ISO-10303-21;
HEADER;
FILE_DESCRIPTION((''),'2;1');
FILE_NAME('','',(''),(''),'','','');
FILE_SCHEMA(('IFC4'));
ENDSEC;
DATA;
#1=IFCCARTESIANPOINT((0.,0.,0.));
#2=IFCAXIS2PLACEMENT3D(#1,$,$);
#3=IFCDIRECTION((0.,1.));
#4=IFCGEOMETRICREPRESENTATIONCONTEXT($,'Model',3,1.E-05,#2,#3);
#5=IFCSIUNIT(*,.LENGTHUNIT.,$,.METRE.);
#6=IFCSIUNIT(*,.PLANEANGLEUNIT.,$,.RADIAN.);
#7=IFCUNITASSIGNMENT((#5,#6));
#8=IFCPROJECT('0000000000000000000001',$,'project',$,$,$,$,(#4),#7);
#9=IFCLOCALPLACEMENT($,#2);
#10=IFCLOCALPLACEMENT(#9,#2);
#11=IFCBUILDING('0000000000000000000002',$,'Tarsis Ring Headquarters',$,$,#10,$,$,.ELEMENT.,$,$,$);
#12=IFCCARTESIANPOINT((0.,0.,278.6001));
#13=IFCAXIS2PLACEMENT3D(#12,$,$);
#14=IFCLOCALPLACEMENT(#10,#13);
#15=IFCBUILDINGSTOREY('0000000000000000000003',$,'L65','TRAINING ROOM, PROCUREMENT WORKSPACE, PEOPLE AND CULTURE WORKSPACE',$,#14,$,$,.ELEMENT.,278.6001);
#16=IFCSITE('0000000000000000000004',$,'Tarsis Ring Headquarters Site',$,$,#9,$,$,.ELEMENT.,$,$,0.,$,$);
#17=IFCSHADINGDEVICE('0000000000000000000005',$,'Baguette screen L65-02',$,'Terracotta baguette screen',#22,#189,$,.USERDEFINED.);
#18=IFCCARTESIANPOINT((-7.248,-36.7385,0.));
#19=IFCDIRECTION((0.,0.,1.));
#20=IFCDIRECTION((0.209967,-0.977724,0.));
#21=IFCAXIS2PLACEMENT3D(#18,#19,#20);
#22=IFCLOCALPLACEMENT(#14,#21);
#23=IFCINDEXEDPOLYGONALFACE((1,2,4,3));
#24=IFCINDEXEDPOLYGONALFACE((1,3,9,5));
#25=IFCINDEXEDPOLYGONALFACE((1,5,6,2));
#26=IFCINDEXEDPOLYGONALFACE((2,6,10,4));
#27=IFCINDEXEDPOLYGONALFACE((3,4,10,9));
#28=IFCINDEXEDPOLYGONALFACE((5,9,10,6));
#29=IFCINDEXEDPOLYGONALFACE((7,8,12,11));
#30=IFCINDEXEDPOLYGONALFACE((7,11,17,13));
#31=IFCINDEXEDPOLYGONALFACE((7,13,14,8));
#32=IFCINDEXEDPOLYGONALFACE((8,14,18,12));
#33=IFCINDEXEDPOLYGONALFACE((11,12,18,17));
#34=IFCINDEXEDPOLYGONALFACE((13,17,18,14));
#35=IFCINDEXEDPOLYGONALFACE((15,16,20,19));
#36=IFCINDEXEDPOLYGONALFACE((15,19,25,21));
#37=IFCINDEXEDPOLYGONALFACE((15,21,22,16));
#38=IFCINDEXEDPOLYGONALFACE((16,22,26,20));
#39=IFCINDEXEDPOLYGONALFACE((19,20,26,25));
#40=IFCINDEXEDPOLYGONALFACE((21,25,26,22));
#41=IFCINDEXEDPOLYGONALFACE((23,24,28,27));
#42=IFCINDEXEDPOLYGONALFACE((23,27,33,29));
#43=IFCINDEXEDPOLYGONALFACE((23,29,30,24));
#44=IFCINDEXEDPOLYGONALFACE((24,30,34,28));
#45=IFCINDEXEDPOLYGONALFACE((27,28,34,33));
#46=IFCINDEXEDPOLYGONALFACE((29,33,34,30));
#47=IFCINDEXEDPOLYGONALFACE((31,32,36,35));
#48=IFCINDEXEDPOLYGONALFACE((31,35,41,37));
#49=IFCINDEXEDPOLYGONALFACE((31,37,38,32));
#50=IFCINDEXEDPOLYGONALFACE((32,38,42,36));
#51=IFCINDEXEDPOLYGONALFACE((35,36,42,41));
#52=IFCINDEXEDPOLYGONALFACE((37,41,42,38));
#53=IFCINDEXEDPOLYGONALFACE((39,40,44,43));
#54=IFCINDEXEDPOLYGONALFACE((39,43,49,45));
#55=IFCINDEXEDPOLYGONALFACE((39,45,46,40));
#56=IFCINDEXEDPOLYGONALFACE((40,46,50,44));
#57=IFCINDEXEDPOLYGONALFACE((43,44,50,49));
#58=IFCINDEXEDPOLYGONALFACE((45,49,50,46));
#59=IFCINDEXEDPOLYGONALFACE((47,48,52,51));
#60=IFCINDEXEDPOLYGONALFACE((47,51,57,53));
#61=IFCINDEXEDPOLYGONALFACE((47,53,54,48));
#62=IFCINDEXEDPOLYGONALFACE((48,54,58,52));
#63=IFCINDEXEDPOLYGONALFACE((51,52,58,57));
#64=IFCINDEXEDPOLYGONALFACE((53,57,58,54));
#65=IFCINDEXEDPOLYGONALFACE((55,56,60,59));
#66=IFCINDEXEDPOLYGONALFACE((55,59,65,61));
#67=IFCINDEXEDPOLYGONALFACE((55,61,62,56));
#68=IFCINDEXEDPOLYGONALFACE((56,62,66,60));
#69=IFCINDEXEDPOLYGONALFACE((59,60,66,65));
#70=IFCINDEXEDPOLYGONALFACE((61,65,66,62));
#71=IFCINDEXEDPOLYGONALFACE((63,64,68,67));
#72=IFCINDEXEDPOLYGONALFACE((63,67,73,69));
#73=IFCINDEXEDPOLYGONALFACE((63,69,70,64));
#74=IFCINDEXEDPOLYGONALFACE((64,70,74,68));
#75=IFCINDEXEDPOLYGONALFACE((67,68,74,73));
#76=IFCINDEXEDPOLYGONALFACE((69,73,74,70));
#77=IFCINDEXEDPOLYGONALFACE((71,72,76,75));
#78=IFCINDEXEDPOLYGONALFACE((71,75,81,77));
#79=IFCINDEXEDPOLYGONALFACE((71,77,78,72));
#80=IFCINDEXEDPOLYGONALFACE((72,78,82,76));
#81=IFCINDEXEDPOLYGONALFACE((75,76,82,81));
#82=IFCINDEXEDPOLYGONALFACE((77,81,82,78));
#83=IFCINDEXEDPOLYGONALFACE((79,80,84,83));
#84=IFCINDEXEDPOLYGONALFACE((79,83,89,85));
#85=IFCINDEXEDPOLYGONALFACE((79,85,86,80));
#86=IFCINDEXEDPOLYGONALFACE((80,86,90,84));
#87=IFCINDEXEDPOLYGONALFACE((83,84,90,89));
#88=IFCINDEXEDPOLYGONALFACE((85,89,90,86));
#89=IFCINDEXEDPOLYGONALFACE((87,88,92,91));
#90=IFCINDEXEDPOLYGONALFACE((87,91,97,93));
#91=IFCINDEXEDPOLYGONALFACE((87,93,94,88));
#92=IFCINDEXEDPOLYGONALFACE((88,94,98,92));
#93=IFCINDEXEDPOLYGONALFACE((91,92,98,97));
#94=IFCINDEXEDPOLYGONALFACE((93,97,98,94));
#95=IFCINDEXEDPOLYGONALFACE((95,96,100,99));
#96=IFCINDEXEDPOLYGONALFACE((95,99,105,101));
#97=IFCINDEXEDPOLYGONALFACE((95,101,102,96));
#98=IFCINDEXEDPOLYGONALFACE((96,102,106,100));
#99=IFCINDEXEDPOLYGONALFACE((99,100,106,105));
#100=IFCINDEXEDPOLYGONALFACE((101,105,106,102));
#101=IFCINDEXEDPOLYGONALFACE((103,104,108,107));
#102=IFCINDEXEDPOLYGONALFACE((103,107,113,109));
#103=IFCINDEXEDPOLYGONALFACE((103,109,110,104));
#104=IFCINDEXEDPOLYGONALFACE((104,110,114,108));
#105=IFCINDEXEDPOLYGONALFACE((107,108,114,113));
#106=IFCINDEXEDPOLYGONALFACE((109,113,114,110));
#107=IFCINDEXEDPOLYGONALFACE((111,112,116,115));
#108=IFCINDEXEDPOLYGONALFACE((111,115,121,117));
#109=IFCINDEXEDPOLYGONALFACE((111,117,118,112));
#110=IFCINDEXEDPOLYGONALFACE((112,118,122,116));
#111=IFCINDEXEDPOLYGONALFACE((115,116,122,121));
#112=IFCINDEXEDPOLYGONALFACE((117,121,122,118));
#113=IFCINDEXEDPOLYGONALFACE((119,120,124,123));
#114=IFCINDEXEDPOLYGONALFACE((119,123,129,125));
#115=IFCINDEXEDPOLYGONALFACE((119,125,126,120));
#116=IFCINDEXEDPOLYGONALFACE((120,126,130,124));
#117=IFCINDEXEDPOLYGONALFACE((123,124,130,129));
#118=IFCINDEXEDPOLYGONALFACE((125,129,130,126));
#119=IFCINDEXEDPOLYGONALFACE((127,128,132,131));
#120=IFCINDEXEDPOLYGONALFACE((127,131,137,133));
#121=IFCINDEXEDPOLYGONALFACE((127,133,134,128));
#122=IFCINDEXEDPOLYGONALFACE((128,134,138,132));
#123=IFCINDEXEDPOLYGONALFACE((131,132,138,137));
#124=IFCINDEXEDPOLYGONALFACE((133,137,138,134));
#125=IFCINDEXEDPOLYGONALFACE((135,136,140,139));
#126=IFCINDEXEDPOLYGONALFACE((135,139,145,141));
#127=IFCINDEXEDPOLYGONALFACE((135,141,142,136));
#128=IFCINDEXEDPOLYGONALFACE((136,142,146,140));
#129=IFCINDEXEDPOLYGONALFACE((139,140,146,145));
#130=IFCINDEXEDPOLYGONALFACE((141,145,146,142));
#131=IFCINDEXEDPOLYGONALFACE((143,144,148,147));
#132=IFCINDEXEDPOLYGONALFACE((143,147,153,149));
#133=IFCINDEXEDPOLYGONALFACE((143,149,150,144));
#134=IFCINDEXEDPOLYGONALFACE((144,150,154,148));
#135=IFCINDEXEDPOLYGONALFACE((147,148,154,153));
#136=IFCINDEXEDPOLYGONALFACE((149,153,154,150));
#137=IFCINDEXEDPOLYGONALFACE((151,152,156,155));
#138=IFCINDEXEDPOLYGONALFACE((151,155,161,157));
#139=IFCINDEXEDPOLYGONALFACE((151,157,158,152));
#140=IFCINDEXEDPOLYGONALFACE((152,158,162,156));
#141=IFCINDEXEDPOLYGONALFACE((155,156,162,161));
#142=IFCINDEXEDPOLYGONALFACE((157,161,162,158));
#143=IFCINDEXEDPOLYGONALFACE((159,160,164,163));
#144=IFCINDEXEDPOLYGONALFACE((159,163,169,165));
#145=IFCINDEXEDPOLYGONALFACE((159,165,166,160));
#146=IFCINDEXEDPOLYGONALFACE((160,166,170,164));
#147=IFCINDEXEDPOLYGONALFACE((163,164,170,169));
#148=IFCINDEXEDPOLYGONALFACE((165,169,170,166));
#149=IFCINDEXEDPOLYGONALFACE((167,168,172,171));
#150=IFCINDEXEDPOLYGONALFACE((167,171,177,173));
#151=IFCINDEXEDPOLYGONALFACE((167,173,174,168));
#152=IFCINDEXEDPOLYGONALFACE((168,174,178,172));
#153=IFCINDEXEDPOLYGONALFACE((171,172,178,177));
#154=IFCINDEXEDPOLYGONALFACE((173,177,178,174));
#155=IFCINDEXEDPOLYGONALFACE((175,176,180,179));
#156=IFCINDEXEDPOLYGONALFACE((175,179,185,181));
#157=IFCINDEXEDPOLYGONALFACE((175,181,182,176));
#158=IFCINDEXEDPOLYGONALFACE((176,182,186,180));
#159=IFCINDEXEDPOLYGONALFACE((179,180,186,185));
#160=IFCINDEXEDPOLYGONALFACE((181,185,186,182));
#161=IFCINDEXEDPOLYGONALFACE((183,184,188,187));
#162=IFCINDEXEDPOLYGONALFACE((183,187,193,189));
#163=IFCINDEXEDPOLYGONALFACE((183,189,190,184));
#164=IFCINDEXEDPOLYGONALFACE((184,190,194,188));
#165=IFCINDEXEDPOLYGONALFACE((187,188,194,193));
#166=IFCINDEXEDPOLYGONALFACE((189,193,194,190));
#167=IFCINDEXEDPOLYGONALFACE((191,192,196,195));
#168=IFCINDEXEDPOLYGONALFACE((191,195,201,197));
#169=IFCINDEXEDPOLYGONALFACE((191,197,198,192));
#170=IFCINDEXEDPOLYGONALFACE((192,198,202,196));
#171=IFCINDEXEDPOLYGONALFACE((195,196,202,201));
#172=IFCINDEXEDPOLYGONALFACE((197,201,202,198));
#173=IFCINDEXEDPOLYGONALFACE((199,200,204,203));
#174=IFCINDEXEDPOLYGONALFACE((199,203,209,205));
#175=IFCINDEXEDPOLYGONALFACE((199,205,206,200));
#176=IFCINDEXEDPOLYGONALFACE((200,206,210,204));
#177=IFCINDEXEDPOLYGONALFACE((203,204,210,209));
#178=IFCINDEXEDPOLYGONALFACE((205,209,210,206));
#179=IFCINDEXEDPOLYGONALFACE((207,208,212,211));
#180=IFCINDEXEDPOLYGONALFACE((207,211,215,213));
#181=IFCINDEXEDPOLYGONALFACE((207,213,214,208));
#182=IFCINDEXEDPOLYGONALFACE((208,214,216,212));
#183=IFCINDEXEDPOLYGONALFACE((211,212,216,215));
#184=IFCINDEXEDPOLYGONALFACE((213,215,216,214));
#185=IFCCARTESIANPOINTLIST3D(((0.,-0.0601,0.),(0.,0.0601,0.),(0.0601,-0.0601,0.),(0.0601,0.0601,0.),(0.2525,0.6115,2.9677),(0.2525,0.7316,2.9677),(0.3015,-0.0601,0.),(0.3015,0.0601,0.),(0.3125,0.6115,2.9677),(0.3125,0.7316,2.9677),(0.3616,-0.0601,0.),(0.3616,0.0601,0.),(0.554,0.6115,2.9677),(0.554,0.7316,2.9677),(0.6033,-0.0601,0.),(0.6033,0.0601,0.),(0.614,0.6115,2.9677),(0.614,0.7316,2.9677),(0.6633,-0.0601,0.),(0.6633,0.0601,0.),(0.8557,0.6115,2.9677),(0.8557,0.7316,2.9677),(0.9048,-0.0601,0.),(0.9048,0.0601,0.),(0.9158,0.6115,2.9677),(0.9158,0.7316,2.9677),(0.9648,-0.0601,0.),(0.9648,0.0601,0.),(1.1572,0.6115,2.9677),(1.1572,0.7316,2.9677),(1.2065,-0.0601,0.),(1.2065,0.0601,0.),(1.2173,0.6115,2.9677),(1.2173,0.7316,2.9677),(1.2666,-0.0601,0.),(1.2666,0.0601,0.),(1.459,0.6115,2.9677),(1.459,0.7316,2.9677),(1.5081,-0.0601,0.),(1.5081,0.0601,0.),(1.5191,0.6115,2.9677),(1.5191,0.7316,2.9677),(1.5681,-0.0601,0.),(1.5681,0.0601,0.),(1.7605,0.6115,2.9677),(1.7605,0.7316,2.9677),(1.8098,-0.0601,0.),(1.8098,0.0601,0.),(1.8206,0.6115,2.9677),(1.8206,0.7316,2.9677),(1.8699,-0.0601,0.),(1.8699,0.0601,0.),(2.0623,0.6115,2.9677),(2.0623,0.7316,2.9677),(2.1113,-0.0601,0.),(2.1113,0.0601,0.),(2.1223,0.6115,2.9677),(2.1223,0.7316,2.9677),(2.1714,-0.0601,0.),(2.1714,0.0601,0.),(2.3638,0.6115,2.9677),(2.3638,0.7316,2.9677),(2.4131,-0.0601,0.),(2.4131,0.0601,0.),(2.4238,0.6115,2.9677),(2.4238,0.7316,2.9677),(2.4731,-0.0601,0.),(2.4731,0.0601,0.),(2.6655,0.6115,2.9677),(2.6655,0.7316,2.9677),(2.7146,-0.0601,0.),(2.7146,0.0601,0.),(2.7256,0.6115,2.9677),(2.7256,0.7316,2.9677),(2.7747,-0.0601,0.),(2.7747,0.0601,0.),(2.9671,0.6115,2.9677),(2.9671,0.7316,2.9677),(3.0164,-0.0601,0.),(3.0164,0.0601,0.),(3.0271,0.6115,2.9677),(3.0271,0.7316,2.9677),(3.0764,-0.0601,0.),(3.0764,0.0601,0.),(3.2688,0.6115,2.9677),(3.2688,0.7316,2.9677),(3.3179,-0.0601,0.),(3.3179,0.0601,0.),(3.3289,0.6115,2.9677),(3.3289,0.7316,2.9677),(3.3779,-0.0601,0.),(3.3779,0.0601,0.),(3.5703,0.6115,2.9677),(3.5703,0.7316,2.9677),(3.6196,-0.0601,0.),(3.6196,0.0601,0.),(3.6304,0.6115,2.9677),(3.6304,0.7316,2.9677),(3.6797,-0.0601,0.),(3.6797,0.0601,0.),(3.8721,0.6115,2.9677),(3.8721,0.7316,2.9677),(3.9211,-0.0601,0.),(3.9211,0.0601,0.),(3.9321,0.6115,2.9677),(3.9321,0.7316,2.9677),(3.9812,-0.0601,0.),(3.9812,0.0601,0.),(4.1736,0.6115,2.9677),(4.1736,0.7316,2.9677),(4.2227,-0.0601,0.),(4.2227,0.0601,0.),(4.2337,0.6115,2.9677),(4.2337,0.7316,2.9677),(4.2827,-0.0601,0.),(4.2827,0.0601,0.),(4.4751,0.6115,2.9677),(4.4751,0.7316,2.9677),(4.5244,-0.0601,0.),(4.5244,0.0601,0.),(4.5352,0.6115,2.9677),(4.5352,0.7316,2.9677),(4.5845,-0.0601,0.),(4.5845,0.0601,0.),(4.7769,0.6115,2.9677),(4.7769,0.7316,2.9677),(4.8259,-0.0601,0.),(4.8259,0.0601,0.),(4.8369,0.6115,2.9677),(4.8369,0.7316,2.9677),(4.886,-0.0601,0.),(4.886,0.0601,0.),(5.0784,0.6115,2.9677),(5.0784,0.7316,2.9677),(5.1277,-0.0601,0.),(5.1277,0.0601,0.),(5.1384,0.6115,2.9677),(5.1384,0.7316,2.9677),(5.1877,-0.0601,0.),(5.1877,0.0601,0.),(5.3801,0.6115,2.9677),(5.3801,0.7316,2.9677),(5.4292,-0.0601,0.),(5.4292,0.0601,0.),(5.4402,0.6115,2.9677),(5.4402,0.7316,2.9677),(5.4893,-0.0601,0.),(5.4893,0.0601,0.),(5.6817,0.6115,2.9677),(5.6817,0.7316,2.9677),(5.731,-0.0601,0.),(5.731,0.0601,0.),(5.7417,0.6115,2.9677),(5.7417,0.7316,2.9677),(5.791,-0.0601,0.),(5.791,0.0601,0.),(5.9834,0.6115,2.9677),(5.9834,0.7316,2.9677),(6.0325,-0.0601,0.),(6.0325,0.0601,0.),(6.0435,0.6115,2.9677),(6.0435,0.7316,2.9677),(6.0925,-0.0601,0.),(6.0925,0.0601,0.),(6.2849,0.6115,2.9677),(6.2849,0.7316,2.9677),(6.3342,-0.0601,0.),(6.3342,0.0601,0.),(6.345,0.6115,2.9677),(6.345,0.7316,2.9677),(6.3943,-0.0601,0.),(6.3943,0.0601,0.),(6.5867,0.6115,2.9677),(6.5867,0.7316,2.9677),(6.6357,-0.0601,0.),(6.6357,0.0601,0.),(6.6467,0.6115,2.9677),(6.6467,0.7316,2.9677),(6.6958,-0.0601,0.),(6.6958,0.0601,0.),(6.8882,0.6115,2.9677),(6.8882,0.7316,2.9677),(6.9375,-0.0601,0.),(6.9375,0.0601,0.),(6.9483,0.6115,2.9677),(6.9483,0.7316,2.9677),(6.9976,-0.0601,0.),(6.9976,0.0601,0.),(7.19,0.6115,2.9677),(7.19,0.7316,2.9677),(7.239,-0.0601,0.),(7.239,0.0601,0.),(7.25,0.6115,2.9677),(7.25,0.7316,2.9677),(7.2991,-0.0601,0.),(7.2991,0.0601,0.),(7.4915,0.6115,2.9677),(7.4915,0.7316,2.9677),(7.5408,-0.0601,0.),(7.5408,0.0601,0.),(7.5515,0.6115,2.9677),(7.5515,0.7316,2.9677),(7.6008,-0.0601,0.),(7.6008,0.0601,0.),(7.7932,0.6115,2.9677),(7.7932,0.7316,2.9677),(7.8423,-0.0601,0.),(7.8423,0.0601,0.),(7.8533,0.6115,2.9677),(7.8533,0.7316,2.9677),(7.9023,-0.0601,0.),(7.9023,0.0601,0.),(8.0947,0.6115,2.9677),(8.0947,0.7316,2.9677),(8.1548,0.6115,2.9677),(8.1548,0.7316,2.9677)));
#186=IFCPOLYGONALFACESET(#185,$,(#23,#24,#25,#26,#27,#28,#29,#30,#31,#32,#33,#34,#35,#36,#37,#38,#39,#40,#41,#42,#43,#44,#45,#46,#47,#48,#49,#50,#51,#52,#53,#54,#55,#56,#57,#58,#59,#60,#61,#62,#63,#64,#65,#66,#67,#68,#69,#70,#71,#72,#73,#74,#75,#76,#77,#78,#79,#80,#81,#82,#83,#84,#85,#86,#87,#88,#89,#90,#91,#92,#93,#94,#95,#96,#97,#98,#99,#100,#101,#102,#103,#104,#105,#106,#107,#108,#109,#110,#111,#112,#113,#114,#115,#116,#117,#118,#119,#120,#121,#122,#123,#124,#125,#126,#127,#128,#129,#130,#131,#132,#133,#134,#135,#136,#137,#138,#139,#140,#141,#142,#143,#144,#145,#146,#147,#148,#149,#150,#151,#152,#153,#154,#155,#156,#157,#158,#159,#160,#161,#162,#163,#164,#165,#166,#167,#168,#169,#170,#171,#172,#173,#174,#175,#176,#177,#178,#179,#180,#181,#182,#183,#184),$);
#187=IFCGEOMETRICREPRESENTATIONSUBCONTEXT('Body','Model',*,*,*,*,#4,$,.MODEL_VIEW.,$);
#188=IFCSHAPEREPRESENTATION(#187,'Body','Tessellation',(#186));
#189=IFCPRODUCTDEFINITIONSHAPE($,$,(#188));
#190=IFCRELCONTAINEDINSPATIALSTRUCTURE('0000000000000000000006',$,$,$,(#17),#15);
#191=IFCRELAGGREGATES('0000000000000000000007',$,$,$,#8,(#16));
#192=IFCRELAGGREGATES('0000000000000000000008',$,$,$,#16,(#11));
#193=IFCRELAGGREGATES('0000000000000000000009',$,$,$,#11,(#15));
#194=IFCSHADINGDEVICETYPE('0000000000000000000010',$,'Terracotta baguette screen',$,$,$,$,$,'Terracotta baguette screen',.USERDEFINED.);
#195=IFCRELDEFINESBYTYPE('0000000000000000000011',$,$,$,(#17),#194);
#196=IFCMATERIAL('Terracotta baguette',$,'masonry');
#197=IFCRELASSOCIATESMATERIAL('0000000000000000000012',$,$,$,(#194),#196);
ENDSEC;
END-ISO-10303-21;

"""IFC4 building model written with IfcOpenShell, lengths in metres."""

from ifc_helpers import new_model, si_unit, direction, frame, frame_2d, origin, place, context, subcontext, project, spatial, rectangle, composite_profile, extrude, material, type_object, element, save


model = new_model("IFC4")

# Units and contexts
model_context = context("Model", 3, precision=1e-05, world=origin(), true_north=direction((0.0, 1.0)))
body_context = subcontext(model_context, "Body", "Model", "MODEL_VIEW")
ifc_project = project(units=[si_unit("LENGTHUNIT", "METRE"), si_unit("PLANEANGLEUNIT", "RADIAN")], contexts=[model_context])

# Site, building, storey
site_placement = place(None, origin())
site = spatial("IfcSite", under=ifc_project, at=site_placement, Name="Tarsis Ring Headquarters Site", CompositionType="ELEMENT", RefElevation=0.0)
building_placement = place(site_placement, origin())
building = spatial("IfcBuilding", under=site, at=building_placement, Name="Tarsis Ring Headquarters", CompositionType="ELEMENT")
storey_placement = place(building_placement, frame((0.0, 0.0, 278.6001)))
storey = spatial("IfcBuildingStorey", under=building, at=storey_placement, Name="L65", Description="TRAINING ROOM, PROCUREMENT WORKSPACE, PEOPLE AND CULTURE WORKSPACE", CompositionType="ELEMENT", Elevation=278.6001)

# Shading device
ifc_material_1 = material(Name="Terracotta baguette", Category="masonry")
shading_device_type_1 = type_object("IfcShadingDeviceType", Name="Terracotta baguette screen", ElementType="Terracotta baguette screen", PredefinedType="USERDEFINED", material=ifc_material_1)
shading_device_1_placement = place(storey_placement, frame((-7.248, -36.7385, 0.0), z_axis=(0.0, 0.0, 1.0), x_axis=(0.209967, -0.977724, 0.0)))
element("IfcShadingDevice", 1, at=shading_device_1_placement, inside=storey, type_object=shading_device_type_1, Name="Baguette screen L65-02", ObjectType="Terracotta baguette screen", PredefinedType="USERDEFINED", context=body_context, shape_type="SweptSolid", body=[
    extrude(composite_profile([rectangle(XDim=0.0601, YDim=0.1201, at=frame_2d((0.03, 0.0))), rectangle(XDim=0.0601, YDim=0.1201, at=frame_2d((0.3315, 0.0))), rectangle(XDim=0.0601, YDim=0.1201, at=frame_2d((0.6333, 0.0))), rectangle(XDim=0.0601, YDim=0.1201, at=frame_2d((0.9348, 0.0))), rectangle(XDim=0.0601, YDim=0.1201, at=frame_2d((1.2366, 0.0))), rectangle(XDim=0.0601, YDim=0.1201, at=frame_2d((1.5381, 0.0))), rectangle(XDim=0.0601, YDim=0.1201, at=frame_2d((1.8398, 0.0))), rectangle(XDim=0.0601, YDim=0.1201, at=frame_2d((2.1414, 0.0))), rectangle(XDim=0.0601, YDim=0.1201, at=frame_2d((2.4431, 0.0))), rectangle(XDim=0.0601, YDim=0.1201, at=frame_2d((2.7446, 0.0))), rectangle(XDim=0.0601, YDim=0.1201, at=frame_2d((3.0464, 0.0))), rectangle(XDim=0.0601, YDim=0.1201, at=frame_2d((3.3479, 0.0))), rectangle(XDim=0.0601, YDim=0.1201, at=frame_2d((3.6497, 0.0))), rectangle(XDim=0.0601, YDim=0.1201, at=frame_2d((3.9512, 0.0))), rectangle(XDim=0.0601, YDim=0.1201, at=frame_2d((4.2527, 0.0))), rectangle(XDim=0.0601, YDim=0.1201, at=frame_2d((4.5544, 0.0))), rectangle(XDim=0.0601, YDim=0.1201, at=frame_2d((4.856, 0.0))), rectangle(XDim=0.0601, YDim=0.1201, at=frame_2d((5.1577, 0.0))), rectangle(XDim=0.0601, YDim=0.1201, at=frame_2d((5.4592, 0.0))), rectangle(XDim=0.0601, YDim=0.1201, at=frame_2d((5.761, 0.0))), rectangle(XDim=0.0601, YDim=0.1201, at=frame_2d((6.0625, 0.0))), rectangle(XDim=0.0601, YDim=0.1201, at=frame_2d((6.3643, 0.0))), rectangle(XDim=0.0601, YDim=0.1201, at=frame_2d((6.6658, 0.0))), rectangle(XDim=0.0601, YDim=0.1201, at=frame_2d((6.9675, 0.0))), rectangle(XDim=0.0601, YDim=0.1201, at=frame_2d((7.269, 0.0))), rectangle(XDim=0.0601, YDim=0.1201, at=frame_2d((7.5708, 0.0))), rectangle(XDim=0.0601, YDim=0.1201, at=frame_2d((7.8723, 0.0)))]), origin(), (0.082686, 0.219944, 0.972002), 3.0532),
])

save(model, "model.ifc")
